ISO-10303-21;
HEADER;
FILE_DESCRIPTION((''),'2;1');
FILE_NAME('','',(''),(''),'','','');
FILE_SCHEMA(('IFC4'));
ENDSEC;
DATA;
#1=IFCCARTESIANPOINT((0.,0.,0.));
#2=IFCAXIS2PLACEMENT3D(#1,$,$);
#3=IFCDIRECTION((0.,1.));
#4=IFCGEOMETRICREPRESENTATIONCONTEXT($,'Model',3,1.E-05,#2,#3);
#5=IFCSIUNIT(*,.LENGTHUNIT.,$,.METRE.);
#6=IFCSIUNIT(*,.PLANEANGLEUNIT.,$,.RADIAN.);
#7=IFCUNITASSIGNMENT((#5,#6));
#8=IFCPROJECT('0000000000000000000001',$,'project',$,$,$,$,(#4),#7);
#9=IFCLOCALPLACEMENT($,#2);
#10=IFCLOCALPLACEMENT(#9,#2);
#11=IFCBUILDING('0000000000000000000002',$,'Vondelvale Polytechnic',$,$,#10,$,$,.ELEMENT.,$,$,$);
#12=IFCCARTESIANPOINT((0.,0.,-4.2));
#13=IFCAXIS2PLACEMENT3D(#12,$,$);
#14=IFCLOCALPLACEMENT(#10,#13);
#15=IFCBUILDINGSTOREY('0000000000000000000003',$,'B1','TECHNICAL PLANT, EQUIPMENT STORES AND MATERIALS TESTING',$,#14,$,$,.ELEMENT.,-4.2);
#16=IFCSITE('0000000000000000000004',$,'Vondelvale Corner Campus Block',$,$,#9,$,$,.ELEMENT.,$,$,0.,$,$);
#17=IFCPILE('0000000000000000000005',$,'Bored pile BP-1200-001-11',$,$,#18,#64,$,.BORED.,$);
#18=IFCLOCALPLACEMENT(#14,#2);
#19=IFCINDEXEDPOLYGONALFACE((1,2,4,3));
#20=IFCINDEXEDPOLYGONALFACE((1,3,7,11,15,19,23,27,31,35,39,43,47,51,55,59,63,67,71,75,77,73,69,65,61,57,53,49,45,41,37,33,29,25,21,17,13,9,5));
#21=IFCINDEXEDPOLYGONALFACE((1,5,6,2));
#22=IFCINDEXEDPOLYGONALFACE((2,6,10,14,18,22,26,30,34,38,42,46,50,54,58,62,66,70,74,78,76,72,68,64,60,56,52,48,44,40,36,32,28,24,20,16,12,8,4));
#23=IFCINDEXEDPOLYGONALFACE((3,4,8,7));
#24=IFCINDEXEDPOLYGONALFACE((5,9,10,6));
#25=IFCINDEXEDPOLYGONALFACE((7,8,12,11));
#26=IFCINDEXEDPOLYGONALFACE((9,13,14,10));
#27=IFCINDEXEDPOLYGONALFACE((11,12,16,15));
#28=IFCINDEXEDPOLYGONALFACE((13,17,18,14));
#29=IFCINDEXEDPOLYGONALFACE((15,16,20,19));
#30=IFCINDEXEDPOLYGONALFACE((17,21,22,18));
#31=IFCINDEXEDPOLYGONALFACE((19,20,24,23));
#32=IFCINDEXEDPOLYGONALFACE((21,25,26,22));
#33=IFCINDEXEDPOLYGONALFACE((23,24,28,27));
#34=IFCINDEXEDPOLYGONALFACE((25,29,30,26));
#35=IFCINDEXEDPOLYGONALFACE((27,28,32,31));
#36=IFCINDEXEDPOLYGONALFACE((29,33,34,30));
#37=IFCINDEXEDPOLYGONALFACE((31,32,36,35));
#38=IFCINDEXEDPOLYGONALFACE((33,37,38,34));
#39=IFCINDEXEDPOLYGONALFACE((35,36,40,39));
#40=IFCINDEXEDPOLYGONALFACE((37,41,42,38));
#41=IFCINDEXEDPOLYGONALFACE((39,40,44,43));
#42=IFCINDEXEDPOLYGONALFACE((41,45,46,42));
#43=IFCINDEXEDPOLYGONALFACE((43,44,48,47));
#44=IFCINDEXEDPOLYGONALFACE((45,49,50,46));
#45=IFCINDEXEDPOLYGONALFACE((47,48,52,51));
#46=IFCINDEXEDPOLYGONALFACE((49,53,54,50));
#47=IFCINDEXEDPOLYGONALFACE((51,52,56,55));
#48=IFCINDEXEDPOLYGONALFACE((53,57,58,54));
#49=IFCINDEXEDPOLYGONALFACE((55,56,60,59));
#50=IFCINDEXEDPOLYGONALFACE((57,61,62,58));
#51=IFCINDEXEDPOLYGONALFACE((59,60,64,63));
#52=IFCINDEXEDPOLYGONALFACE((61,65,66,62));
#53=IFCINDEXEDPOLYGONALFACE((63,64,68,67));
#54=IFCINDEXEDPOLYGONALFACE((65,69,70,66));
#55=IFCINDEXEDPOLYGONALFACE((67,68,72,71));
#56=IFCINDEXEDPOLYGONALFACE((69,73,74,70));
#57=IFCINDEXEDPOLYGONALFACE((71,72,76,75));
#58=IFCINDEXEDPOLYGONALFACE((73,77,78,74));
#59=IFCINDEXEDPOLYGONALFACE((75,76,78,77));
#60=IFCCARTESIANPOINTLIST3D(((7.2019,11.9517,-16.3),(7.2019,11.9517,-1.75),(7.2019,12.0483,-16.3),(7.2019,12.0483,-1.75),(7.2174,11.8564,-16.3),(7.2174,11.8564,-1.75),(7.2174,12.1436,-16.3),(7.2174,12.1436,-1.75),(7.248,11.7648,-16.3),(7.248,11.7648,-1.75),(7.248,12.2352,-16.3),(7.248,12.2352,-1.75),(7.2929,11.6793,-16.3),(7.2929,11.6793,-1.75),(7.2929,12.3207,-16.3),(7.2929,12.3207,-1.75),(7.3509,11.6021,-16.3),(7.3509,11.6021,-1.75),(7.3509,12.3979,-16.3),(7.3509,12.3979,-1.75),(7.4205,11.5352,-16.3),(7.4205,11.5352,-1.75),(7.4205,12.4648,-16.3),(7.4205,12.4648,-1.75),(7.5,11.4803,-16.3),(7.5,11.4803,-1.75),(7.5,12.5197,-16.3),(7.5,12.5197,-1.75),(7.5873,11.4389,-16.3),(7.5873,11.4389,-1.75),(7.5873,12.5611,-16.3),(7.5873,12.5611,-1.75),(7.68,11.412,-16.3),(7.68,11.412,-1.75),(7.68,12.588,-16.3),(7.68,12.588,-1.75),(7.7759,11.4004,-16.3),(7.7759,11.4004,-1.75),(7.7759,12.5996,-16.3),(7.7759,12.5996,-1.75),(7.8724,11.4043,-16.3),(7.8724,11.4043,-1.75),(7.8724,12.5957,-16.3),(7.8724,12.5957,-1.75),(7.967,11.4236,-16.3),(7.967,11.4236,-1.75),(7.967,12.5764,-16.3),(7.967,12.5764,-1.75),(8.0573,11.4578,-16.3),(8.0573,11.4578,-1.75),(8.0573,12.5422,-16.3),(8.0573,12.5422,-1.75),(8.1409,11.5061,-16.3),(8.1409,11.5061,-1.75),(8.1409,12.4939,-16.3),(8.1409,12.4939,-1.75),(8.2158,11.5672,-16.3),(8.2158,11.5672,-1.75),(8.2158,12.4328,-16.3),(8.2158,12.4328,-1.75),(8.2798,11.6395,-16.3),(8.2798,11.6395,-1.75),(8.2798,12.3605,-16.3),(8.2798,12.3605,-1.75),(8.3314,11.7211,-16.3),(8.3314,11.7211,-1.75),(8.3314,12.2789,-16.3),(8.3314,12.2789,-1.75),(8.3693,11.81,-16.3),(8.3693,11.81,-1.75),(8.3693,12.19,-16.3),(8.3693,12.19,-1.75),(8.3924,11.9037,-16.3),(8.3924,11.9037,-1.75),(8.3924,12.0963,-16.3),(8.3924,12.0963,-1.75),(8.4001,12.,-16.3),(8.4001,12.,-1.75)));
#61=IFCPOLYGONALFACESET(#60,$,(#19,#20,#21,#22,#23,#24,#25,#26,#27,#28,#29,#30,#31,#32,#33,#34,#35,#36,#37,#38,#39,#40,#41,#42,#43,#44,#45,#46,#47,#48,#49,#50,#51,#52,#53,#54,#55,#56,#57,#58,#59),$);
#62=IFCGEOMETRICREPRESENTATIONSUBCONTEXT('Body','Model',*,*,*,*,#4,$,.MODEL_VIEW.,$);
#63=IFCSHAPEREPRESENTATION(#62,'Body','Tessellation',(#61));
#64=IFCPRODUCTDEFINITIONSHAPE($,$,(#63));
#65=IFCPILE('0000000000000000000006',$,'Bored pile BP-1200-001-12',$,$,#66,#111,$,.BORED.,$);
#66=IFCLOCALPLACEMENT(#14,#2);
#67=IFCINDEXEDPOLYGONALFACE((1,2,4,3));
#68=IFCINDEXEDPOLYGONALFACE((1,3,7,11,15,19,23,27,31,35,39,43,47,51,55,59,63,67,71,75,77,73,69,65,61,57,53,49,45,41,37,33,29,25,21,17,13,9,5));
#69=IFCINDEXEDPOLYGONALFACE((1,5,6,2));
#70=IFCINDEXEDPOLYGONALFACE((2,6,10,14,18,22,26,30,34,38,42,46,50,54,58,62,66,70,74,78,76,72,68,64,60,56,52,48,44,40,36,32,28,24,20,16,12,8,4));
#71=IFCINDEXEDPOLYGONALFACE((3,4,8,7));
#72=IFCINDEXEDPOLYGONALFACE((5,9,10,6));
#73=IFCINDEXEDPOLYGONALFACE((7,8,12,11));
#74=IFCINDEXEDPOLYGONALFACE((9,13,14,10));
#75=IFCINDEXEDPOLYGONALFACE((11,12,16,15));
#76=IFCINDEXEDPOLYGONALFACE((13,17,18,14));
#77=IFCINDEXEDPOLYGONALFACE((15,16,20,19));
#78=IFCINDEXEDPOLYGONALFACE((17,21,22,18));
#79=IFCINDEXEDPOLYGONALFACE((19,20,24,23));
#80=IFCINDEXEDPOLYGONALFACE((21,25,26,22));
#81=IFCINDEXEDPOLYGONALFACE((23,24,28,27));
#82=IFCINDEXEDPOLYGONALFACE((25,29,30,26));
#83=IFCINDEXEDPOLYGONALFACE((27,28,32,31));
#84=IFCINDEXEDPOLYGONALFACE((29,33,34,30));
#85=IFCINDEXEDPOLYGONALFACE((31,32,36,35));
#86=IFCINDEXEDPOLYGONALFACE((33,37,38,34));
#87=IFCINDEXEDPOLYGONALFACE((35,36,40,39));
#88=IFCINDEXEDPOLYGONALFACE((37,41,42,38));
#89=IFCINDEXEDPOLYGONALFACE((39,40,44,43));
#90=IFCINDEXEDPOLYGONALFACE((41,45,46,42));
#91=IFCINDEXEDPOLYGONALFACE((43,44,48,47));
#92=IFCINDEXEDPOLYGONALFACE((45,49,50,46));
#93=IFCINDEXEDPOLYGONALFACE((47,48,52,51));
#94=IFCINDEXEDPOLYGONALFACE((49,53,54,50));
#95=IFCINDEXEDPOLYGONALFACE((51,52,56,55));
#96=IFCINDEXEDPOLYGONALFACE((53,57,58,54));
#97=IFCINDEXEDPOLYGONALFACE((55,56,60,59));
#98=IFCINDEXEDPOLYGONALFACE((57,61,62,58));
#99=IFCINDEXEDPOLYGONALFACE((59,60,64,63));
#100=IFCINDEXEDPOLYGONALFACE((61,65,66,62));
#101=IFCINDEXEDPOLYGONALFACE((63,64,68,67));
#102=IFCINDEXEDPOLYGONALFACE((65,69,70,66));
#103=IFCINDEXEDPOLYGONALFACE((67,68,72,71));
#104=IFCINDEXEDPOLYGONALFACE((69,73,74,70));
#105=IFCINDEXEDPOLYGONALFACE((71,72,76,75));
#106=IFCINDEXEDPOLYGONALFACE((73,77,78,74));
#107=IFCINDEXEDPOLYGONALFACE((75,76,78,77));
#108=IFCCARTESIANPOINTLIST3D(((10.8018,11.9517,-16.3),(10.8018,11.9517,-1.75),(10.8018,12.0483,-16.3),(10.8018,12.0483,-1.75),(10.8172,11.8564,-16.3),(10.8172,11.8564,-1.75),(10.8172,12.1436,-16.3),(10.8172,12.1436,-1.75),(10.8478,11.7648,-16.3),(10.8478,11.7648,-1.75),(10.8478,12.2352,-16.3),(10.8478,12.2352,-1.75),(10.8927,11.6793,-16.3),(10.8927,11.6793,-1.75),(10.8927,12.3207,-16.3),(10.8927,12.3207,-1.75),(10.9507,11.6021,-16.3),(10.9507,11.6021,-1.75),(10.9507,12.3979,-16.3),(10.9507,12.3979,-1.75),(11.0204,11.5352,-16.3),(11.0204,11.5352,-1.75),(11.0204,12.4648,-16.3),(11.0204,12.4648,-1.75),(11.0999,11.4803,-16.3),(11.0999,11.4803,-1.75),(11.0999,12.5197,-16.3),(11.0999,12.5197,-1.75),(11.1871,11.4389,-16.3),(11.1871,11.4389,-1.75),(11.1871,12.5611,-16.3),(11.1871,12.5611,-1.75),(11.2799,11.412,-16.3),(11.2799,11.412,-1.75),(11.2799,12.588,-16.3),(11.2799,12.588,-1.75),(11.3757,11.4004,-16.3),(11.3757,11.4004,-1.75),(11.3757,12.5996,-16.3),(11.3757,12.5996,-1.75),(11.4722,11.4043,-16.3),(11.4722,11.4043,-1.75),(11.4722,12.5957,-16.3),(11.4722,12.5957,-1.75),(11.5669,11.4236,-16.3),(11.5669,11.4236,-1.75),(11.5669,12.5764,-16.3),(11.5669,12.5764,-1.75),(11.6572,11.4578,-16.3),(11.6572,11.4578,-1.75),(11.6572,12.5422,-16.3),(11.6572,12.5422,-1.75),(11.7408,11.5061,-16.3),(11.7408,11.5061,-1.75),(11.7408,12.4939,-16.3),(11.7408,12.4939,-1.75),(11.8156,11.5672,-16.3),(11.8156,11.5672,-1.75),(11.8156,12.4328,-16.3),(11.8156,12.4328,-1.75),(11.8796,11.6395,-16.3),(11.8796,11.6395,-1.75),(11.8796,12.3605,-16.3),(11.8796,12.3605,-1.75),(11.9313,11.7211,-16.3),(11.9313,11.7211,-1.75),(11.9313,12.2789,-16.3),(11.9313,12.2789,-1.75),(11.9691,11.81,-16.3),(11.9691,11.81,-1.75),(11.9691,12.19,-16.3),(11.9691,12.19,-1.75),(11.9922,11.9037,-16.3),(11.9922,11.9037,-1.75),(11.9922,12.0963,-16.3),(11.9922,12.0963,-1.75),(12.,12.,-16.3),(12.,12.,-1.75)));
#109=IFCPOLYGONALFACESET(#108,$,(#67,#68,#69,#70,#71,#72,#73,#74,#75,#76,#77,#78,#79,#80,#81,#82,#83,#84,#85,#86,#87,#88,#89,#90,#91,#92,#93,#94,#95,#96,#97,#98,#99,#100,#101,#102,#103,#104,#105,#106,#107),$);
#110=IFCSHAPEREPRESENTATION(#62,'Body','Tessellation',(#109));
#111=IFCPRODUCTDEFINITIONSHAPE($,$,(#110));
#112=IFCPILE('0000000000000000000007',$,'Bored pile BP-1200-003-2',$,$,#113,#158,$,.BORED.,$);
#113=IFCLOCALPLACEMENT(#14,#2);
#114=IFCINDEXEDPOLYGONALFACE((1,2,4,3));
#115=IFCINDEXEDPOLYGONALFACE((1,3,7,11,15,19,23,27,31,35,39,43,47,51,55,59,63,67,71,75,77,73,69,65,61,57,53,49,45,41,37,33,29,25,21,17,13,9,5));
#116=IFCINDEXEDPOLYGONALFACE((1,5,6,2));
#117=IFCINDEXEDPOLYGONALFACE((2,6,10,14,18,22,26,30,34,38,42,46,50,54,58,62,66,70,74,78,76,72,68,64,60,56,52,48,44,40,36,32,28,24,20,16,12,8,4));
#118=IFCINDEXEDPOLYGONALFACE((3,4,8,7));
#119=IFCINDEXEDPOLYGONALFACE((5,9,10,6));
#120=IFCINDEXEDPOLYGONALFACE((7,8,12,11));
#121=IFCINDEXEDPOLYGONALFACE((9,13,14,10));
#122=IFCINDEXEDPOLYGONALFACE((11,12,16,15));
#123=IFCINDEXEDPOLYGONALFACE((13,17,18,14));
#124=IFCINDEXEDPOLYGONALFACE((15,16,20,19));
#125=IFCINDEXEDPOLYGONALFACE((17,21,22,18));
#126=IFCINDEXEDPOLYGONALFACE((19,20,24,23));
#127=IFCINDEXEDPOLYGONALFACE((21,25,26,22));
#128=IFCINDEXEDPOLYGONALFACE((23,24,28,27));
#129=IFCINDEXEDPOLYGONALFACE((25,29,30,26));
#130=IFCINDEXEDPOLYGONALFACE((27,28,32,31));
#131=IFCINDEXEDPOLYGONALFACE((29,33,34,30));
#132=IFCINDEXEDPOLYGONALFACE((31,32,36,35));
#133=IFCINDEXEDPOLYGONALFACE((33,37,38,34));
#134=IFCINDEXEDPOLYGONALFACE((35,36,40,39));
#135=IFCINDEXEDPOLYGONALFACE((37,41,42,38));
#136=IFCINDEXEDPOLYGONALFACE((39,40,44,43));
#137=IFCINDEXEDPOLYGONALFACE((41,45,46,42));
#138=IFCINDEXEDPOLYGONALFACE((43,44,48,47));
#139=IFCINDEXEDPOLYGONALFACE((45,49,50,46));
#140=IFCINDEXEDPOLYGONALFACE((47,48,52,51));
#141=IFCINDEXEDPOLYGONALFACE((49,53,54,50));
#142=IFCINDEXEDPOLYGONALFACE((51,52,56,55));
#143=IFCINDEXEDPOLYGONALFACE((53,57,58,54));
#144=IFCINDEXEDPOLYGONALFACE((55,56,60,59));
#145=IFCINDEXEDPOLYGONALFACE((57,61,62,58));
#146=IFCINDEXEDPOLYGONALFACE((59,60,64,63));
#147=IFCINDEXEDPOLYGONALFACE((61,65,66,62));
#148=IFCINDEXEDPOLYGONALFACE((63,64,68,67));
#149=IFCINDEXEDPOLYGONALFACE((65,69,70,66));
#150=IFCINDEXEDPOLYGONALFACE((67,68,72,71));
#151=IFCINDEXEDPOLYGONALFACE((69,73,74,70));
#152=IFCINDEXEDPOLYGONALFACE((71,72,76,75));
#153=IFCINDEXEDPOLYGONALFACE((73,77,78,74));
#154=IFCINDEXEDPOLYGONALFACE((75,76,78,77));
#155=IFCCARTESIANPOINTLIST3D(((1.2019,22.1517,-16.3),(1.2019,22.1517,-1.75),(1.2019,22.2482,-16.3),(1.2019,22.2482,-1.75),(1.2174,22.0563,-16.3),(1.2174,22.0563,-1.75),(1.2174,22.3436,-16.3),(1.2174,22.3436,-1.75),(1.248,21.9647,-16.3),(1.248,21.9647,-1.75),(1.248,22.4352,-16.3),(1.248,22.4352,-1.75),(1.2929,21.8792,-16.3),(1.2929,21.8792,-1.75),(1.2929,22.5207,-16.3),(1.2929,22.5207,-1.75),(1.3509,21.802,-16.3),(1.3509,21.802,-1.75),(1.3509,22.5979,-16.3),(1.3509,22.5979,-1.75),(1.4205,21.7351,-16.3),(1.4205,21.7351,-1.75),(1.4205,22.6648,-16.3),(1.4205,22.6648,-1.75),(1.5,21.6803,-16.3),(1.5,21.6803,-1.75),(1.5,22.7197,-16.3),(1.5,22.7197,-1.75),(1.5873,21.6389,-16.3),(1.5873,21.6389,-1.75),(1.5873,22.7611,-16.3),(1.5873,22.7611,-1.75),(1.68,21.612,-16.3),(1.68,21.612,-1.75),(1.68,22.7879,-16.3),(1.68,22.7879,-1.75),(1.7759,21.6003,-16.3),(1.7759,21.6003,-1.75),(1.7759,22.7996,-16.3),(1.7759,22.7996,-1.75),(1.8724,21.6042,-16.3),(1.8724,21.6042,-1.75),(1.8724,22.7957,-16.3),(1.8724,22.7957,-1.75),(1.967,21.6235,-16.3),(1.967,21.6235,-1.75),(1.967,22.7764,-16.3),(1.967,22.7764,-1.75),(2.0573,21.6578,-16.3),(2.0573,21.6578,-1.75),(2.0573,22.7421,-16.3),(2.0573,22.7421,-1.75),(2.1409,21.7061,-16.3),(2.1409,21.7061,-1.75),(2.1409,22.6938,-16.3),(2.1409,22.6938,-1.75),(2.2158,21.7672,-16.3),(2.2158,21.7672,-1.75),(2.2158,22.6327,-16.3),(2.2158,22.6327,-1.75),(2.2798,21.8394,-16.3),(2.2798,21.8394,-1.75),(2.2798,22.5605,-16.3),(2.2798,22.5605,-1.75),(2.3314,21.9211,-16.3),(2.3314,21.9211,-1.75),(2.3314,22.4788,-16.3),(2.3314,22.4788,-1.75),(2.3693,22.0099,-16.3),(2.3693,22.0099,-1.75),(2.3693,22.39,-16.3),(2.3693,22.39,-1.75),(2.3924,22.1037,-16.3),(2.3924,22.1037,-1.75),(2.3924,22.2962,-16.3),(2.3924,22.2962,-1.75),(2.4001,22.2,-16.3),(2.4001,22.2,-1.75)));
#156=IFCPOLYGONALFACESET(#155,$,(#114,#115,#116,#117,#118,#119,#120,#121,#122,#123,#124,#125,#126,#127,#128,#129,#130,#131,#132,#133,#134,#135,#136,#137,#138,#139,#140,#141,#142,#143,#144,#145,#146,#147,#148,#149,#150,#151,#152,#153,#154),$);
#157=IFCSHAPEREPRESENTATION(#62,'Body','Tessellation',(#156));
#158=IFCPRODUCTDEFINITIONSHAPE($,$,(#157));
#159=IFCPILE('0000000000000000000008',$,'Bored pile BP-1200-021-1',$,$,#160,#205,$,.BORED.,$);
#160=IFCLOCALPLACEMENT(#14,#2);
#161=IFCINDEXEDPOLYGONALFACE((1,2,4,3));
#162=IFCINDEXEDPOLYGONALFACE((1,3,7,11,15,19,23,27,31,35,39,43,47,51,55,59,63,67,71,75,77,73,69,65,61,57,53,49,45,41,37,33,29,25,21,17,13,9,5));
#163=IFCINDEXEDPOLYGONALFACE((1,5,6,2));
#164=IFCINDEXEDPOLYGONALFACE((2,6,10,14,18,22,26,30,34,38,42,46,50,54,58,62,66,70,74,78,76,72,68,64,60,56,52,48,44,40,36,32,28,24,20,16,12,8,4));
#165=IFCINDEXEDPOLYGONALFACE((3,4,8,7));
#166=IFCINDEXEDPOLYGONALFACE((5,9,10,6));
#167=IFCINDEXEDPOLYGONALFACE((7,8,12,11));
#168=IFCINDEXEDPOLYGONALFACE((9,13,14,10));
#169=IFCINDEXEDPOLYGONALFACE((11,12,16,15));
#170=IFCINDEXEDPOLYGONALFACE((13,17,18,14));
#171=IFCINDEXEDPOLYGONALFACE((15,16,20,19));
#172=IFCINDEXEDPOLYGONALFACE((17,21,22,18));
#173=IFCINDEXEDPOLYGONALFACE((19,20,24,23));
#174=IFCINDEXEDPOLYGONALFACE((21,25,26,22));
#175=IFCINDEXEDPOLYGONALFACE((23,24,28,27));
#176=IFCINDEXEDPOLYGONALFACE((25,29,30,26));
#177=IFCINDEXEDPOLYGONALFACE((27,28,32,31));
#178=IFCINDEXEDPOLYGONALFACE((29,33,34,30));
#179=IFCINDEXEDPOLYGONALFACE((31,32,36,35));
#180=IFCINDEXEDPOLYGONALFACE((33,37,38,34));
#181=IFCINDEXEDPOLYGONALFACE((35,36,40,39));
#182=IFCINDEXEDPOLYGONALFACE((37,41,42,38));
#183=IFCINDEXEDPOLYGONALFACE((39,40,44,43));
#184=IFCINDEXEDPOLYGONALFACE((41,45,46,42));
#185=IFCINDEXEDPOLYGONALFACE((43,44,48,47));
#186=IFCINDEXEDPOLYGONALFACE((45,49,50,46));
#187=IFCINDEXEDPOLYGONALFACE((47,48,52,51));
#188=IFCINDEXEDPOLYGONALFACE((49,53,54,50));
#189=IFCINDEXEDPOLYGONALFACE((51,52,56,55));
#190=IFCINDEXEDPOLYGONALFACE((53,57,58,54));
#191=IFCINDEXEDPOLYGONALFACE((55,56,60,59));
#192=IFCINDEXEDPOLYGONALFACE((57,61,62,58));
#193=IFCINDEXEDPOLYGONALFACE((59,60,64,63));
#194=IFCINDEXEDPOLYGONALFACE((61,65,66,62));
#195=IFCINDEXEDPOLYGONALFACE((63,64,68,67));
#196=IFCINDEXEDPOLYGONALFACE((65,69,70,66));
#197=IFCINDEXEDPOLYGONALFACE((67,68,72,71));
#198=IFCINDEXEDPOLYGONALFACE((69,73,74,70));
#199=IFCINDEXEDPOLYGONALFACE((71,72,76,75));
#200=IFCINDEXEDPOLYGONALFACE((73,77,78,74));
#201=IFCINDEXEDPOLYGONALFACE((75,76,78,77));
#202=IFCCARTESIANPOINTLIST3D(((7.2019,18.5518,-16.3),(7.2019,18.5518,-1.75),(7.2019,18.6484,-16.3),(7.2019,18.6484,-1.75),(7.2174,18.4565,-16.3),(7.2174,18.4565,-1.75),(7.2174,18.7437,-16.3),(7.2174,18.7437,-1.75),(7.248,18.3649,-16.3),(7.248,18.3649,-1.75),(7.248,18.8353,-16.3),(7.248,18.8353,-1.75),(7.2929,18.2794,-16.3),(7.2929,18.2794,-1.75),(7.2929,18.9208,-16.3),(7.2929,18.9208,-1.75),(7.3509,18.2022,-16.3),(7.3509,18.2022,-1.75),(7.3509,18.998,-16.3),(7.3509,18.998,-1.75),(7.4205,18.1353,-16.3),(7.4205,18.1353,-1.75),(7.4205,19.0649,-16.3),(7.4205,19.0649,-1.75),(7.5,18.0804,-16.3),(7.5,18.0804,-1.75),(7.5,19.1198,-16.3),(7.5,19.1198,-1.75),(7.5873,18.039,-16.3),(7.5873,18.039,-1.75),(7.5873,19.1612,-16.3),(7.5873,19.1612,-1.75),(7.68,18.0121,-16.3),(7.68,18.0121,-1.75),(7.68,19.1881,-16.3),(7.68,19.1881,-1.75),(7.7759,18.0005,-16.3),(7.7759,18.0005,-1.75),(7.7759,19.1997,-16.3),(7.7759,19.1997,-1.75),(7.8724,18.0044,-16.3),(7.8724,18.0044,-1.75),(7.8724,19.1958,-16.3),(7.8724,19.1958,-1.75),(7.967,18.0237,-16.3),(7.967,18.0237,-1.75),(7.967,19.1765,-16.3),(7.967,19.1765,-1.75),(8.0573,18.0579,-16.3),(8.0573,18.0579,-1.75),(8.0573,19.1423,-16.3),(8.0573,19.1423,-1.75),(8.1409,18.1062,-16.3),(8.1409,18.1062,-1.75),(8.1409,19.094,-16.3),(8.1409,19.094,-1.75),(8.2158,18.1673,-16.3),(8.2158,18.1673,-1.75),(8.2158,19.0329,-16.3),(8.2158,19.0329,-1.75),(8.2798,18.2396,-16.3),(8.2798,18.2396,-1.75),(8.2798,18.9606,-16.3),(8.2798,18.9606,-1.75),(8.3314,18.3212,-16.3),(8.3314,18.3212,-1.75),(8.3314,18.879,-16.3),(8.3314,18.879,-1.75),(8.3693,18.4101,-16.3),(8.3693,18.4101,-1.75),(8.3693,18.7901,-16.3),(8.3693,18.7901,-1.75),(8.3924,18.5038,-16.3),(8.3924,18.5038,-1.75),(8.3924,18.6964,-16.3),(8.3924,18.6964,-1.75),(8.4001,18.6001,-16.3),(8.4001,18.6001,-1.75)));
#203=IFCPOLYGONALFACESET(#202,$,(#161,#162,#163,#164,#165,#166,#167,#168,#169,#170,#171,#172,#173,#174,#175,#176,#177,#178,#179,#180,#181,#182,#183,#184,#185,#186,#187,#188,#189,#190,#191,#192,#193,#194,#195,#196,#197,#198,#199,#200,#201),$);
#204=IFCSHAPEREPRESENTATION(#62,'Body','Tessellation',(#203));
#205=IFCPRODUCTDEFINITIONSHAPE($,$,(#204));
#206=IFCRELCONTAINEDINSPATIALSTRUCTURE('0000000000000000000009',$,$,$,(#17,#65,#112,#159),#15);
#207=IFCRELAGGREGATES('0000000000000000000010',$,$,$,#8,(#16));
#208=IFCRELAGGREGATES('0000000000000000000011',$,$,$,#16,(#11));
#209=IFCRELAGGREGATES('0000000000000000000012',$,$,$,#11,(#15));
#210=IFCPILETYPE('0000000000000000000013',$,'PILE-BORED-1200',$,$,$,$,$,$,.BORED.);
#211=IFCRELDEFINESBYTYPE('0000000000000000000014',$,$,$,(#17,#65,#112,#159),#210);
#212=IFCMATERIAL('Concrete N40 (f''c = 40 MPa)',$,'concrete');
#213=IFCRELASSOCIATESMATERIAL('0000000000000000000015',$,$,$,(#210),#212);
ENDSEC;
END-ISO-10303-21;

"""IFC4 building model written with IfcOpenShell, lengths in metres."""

from ifc_helpers import new_model, si_unit, direction, frame, origin, origin_2d, place, context, subcontext, project, spatial, circle, extrude, material, material_profile, profile_set, type_object, element, save


model = new_model("IFC4")

# Units and contexts
model_context = context("Model", 3, precision=1e-05, world=origin(), true_north=direction((0.0, 1.0)))
body_context = subcontext(model_context, "Body", "Model", "MODEL_VIEW")
ifc_project = project(units=[si_unit("LENGTHUNIT", "METRE"), si_unit("PLANEANGLEUNIT", "RADIAN")], contexts=[model_context])

# Site, building, storey
site_placement = place(None, origin())
site = spatial("IfcSite", under=ifc_project, at=site_placement, Name="Vondelvale Corner Campus Block", CompositionType="ELEMENT", RefElevation=0.0)
building_placement = place(site_placement, origin())
building = spatial("IfcBuilding", under=site, at=building_placement, Name="Vondelvale Polytechnic", CompositionType="ELEMENT")
storey_placement = place(building_placement, frame((0.0, 0.0, -4.2)))
storey = spatial("IfcBuildingStorey", under=building, at=storey_placement, Name="B1", Description="TECHNICAL PLANT, EQUIPMENT STORES AND MATERIALS TESTING", CompositionType="ELEMENT", Elevation=-4.2)

# Shared definitions
ifc_material_1 = material(Name="Concrete N40 (f'c = 40 MPa)", Category="concrete")

# Piles
ifc_material_profile_1 = material_profile(ifc_material_1, circle(Radius=0.6001, at=origin_2d()), Name="PILE-D1200")
ifc_profile_set_1 = profile_set([ifc_material_profile_1], Name="Concrete N40 (f'c = 40 MPa)")
pile_type_1 = type_object("IfcPileType", Name="PILE-BORED-1200", PredefinedType="BORED", material=ifc_profile_set_1)
for number, where, z_axis, x_axis, name in (
    (1, (7.8, 12.0, -1.75), (0.0, 0.0, -1.0), (1.0, 0.0, 0.0), "Bored pile BP-1200-001-11"),
    (2, (11.3999, 12.0, -1.75), (0.0, 0.0, -1.0), (1.0, 0.0, 0.0), "Bored pile BP-1200-001-12"),
    (3, (1.8, 22.2, -1.75), (0.0, 0.0, -1.0), (1.0, 0.0, 0.0), "Bored pile BP-1200-003-2"),
    (4, (7.8, 18.6001, -1.75), (0.0, 0.0, -1.0), (1.0, 0.0, 0.0), "Bored pile BP-1200-021-1"),
):
    element("IfcPile", number, at=place(storey_placement, frame(where, z_axis=z_axis, x_axis=x_axis)), inside=storey, type_object=pile_type_1, Name=name, PredefinedType="BORED", context=body_context, shape_type="SweptSolid", body=[
        extrude(circle(Radius=0.6001, at=origin_2d()), origin(), (0.0, 0.0, 1.0), 14.55),
    ])

save(model, "model.ifc")
